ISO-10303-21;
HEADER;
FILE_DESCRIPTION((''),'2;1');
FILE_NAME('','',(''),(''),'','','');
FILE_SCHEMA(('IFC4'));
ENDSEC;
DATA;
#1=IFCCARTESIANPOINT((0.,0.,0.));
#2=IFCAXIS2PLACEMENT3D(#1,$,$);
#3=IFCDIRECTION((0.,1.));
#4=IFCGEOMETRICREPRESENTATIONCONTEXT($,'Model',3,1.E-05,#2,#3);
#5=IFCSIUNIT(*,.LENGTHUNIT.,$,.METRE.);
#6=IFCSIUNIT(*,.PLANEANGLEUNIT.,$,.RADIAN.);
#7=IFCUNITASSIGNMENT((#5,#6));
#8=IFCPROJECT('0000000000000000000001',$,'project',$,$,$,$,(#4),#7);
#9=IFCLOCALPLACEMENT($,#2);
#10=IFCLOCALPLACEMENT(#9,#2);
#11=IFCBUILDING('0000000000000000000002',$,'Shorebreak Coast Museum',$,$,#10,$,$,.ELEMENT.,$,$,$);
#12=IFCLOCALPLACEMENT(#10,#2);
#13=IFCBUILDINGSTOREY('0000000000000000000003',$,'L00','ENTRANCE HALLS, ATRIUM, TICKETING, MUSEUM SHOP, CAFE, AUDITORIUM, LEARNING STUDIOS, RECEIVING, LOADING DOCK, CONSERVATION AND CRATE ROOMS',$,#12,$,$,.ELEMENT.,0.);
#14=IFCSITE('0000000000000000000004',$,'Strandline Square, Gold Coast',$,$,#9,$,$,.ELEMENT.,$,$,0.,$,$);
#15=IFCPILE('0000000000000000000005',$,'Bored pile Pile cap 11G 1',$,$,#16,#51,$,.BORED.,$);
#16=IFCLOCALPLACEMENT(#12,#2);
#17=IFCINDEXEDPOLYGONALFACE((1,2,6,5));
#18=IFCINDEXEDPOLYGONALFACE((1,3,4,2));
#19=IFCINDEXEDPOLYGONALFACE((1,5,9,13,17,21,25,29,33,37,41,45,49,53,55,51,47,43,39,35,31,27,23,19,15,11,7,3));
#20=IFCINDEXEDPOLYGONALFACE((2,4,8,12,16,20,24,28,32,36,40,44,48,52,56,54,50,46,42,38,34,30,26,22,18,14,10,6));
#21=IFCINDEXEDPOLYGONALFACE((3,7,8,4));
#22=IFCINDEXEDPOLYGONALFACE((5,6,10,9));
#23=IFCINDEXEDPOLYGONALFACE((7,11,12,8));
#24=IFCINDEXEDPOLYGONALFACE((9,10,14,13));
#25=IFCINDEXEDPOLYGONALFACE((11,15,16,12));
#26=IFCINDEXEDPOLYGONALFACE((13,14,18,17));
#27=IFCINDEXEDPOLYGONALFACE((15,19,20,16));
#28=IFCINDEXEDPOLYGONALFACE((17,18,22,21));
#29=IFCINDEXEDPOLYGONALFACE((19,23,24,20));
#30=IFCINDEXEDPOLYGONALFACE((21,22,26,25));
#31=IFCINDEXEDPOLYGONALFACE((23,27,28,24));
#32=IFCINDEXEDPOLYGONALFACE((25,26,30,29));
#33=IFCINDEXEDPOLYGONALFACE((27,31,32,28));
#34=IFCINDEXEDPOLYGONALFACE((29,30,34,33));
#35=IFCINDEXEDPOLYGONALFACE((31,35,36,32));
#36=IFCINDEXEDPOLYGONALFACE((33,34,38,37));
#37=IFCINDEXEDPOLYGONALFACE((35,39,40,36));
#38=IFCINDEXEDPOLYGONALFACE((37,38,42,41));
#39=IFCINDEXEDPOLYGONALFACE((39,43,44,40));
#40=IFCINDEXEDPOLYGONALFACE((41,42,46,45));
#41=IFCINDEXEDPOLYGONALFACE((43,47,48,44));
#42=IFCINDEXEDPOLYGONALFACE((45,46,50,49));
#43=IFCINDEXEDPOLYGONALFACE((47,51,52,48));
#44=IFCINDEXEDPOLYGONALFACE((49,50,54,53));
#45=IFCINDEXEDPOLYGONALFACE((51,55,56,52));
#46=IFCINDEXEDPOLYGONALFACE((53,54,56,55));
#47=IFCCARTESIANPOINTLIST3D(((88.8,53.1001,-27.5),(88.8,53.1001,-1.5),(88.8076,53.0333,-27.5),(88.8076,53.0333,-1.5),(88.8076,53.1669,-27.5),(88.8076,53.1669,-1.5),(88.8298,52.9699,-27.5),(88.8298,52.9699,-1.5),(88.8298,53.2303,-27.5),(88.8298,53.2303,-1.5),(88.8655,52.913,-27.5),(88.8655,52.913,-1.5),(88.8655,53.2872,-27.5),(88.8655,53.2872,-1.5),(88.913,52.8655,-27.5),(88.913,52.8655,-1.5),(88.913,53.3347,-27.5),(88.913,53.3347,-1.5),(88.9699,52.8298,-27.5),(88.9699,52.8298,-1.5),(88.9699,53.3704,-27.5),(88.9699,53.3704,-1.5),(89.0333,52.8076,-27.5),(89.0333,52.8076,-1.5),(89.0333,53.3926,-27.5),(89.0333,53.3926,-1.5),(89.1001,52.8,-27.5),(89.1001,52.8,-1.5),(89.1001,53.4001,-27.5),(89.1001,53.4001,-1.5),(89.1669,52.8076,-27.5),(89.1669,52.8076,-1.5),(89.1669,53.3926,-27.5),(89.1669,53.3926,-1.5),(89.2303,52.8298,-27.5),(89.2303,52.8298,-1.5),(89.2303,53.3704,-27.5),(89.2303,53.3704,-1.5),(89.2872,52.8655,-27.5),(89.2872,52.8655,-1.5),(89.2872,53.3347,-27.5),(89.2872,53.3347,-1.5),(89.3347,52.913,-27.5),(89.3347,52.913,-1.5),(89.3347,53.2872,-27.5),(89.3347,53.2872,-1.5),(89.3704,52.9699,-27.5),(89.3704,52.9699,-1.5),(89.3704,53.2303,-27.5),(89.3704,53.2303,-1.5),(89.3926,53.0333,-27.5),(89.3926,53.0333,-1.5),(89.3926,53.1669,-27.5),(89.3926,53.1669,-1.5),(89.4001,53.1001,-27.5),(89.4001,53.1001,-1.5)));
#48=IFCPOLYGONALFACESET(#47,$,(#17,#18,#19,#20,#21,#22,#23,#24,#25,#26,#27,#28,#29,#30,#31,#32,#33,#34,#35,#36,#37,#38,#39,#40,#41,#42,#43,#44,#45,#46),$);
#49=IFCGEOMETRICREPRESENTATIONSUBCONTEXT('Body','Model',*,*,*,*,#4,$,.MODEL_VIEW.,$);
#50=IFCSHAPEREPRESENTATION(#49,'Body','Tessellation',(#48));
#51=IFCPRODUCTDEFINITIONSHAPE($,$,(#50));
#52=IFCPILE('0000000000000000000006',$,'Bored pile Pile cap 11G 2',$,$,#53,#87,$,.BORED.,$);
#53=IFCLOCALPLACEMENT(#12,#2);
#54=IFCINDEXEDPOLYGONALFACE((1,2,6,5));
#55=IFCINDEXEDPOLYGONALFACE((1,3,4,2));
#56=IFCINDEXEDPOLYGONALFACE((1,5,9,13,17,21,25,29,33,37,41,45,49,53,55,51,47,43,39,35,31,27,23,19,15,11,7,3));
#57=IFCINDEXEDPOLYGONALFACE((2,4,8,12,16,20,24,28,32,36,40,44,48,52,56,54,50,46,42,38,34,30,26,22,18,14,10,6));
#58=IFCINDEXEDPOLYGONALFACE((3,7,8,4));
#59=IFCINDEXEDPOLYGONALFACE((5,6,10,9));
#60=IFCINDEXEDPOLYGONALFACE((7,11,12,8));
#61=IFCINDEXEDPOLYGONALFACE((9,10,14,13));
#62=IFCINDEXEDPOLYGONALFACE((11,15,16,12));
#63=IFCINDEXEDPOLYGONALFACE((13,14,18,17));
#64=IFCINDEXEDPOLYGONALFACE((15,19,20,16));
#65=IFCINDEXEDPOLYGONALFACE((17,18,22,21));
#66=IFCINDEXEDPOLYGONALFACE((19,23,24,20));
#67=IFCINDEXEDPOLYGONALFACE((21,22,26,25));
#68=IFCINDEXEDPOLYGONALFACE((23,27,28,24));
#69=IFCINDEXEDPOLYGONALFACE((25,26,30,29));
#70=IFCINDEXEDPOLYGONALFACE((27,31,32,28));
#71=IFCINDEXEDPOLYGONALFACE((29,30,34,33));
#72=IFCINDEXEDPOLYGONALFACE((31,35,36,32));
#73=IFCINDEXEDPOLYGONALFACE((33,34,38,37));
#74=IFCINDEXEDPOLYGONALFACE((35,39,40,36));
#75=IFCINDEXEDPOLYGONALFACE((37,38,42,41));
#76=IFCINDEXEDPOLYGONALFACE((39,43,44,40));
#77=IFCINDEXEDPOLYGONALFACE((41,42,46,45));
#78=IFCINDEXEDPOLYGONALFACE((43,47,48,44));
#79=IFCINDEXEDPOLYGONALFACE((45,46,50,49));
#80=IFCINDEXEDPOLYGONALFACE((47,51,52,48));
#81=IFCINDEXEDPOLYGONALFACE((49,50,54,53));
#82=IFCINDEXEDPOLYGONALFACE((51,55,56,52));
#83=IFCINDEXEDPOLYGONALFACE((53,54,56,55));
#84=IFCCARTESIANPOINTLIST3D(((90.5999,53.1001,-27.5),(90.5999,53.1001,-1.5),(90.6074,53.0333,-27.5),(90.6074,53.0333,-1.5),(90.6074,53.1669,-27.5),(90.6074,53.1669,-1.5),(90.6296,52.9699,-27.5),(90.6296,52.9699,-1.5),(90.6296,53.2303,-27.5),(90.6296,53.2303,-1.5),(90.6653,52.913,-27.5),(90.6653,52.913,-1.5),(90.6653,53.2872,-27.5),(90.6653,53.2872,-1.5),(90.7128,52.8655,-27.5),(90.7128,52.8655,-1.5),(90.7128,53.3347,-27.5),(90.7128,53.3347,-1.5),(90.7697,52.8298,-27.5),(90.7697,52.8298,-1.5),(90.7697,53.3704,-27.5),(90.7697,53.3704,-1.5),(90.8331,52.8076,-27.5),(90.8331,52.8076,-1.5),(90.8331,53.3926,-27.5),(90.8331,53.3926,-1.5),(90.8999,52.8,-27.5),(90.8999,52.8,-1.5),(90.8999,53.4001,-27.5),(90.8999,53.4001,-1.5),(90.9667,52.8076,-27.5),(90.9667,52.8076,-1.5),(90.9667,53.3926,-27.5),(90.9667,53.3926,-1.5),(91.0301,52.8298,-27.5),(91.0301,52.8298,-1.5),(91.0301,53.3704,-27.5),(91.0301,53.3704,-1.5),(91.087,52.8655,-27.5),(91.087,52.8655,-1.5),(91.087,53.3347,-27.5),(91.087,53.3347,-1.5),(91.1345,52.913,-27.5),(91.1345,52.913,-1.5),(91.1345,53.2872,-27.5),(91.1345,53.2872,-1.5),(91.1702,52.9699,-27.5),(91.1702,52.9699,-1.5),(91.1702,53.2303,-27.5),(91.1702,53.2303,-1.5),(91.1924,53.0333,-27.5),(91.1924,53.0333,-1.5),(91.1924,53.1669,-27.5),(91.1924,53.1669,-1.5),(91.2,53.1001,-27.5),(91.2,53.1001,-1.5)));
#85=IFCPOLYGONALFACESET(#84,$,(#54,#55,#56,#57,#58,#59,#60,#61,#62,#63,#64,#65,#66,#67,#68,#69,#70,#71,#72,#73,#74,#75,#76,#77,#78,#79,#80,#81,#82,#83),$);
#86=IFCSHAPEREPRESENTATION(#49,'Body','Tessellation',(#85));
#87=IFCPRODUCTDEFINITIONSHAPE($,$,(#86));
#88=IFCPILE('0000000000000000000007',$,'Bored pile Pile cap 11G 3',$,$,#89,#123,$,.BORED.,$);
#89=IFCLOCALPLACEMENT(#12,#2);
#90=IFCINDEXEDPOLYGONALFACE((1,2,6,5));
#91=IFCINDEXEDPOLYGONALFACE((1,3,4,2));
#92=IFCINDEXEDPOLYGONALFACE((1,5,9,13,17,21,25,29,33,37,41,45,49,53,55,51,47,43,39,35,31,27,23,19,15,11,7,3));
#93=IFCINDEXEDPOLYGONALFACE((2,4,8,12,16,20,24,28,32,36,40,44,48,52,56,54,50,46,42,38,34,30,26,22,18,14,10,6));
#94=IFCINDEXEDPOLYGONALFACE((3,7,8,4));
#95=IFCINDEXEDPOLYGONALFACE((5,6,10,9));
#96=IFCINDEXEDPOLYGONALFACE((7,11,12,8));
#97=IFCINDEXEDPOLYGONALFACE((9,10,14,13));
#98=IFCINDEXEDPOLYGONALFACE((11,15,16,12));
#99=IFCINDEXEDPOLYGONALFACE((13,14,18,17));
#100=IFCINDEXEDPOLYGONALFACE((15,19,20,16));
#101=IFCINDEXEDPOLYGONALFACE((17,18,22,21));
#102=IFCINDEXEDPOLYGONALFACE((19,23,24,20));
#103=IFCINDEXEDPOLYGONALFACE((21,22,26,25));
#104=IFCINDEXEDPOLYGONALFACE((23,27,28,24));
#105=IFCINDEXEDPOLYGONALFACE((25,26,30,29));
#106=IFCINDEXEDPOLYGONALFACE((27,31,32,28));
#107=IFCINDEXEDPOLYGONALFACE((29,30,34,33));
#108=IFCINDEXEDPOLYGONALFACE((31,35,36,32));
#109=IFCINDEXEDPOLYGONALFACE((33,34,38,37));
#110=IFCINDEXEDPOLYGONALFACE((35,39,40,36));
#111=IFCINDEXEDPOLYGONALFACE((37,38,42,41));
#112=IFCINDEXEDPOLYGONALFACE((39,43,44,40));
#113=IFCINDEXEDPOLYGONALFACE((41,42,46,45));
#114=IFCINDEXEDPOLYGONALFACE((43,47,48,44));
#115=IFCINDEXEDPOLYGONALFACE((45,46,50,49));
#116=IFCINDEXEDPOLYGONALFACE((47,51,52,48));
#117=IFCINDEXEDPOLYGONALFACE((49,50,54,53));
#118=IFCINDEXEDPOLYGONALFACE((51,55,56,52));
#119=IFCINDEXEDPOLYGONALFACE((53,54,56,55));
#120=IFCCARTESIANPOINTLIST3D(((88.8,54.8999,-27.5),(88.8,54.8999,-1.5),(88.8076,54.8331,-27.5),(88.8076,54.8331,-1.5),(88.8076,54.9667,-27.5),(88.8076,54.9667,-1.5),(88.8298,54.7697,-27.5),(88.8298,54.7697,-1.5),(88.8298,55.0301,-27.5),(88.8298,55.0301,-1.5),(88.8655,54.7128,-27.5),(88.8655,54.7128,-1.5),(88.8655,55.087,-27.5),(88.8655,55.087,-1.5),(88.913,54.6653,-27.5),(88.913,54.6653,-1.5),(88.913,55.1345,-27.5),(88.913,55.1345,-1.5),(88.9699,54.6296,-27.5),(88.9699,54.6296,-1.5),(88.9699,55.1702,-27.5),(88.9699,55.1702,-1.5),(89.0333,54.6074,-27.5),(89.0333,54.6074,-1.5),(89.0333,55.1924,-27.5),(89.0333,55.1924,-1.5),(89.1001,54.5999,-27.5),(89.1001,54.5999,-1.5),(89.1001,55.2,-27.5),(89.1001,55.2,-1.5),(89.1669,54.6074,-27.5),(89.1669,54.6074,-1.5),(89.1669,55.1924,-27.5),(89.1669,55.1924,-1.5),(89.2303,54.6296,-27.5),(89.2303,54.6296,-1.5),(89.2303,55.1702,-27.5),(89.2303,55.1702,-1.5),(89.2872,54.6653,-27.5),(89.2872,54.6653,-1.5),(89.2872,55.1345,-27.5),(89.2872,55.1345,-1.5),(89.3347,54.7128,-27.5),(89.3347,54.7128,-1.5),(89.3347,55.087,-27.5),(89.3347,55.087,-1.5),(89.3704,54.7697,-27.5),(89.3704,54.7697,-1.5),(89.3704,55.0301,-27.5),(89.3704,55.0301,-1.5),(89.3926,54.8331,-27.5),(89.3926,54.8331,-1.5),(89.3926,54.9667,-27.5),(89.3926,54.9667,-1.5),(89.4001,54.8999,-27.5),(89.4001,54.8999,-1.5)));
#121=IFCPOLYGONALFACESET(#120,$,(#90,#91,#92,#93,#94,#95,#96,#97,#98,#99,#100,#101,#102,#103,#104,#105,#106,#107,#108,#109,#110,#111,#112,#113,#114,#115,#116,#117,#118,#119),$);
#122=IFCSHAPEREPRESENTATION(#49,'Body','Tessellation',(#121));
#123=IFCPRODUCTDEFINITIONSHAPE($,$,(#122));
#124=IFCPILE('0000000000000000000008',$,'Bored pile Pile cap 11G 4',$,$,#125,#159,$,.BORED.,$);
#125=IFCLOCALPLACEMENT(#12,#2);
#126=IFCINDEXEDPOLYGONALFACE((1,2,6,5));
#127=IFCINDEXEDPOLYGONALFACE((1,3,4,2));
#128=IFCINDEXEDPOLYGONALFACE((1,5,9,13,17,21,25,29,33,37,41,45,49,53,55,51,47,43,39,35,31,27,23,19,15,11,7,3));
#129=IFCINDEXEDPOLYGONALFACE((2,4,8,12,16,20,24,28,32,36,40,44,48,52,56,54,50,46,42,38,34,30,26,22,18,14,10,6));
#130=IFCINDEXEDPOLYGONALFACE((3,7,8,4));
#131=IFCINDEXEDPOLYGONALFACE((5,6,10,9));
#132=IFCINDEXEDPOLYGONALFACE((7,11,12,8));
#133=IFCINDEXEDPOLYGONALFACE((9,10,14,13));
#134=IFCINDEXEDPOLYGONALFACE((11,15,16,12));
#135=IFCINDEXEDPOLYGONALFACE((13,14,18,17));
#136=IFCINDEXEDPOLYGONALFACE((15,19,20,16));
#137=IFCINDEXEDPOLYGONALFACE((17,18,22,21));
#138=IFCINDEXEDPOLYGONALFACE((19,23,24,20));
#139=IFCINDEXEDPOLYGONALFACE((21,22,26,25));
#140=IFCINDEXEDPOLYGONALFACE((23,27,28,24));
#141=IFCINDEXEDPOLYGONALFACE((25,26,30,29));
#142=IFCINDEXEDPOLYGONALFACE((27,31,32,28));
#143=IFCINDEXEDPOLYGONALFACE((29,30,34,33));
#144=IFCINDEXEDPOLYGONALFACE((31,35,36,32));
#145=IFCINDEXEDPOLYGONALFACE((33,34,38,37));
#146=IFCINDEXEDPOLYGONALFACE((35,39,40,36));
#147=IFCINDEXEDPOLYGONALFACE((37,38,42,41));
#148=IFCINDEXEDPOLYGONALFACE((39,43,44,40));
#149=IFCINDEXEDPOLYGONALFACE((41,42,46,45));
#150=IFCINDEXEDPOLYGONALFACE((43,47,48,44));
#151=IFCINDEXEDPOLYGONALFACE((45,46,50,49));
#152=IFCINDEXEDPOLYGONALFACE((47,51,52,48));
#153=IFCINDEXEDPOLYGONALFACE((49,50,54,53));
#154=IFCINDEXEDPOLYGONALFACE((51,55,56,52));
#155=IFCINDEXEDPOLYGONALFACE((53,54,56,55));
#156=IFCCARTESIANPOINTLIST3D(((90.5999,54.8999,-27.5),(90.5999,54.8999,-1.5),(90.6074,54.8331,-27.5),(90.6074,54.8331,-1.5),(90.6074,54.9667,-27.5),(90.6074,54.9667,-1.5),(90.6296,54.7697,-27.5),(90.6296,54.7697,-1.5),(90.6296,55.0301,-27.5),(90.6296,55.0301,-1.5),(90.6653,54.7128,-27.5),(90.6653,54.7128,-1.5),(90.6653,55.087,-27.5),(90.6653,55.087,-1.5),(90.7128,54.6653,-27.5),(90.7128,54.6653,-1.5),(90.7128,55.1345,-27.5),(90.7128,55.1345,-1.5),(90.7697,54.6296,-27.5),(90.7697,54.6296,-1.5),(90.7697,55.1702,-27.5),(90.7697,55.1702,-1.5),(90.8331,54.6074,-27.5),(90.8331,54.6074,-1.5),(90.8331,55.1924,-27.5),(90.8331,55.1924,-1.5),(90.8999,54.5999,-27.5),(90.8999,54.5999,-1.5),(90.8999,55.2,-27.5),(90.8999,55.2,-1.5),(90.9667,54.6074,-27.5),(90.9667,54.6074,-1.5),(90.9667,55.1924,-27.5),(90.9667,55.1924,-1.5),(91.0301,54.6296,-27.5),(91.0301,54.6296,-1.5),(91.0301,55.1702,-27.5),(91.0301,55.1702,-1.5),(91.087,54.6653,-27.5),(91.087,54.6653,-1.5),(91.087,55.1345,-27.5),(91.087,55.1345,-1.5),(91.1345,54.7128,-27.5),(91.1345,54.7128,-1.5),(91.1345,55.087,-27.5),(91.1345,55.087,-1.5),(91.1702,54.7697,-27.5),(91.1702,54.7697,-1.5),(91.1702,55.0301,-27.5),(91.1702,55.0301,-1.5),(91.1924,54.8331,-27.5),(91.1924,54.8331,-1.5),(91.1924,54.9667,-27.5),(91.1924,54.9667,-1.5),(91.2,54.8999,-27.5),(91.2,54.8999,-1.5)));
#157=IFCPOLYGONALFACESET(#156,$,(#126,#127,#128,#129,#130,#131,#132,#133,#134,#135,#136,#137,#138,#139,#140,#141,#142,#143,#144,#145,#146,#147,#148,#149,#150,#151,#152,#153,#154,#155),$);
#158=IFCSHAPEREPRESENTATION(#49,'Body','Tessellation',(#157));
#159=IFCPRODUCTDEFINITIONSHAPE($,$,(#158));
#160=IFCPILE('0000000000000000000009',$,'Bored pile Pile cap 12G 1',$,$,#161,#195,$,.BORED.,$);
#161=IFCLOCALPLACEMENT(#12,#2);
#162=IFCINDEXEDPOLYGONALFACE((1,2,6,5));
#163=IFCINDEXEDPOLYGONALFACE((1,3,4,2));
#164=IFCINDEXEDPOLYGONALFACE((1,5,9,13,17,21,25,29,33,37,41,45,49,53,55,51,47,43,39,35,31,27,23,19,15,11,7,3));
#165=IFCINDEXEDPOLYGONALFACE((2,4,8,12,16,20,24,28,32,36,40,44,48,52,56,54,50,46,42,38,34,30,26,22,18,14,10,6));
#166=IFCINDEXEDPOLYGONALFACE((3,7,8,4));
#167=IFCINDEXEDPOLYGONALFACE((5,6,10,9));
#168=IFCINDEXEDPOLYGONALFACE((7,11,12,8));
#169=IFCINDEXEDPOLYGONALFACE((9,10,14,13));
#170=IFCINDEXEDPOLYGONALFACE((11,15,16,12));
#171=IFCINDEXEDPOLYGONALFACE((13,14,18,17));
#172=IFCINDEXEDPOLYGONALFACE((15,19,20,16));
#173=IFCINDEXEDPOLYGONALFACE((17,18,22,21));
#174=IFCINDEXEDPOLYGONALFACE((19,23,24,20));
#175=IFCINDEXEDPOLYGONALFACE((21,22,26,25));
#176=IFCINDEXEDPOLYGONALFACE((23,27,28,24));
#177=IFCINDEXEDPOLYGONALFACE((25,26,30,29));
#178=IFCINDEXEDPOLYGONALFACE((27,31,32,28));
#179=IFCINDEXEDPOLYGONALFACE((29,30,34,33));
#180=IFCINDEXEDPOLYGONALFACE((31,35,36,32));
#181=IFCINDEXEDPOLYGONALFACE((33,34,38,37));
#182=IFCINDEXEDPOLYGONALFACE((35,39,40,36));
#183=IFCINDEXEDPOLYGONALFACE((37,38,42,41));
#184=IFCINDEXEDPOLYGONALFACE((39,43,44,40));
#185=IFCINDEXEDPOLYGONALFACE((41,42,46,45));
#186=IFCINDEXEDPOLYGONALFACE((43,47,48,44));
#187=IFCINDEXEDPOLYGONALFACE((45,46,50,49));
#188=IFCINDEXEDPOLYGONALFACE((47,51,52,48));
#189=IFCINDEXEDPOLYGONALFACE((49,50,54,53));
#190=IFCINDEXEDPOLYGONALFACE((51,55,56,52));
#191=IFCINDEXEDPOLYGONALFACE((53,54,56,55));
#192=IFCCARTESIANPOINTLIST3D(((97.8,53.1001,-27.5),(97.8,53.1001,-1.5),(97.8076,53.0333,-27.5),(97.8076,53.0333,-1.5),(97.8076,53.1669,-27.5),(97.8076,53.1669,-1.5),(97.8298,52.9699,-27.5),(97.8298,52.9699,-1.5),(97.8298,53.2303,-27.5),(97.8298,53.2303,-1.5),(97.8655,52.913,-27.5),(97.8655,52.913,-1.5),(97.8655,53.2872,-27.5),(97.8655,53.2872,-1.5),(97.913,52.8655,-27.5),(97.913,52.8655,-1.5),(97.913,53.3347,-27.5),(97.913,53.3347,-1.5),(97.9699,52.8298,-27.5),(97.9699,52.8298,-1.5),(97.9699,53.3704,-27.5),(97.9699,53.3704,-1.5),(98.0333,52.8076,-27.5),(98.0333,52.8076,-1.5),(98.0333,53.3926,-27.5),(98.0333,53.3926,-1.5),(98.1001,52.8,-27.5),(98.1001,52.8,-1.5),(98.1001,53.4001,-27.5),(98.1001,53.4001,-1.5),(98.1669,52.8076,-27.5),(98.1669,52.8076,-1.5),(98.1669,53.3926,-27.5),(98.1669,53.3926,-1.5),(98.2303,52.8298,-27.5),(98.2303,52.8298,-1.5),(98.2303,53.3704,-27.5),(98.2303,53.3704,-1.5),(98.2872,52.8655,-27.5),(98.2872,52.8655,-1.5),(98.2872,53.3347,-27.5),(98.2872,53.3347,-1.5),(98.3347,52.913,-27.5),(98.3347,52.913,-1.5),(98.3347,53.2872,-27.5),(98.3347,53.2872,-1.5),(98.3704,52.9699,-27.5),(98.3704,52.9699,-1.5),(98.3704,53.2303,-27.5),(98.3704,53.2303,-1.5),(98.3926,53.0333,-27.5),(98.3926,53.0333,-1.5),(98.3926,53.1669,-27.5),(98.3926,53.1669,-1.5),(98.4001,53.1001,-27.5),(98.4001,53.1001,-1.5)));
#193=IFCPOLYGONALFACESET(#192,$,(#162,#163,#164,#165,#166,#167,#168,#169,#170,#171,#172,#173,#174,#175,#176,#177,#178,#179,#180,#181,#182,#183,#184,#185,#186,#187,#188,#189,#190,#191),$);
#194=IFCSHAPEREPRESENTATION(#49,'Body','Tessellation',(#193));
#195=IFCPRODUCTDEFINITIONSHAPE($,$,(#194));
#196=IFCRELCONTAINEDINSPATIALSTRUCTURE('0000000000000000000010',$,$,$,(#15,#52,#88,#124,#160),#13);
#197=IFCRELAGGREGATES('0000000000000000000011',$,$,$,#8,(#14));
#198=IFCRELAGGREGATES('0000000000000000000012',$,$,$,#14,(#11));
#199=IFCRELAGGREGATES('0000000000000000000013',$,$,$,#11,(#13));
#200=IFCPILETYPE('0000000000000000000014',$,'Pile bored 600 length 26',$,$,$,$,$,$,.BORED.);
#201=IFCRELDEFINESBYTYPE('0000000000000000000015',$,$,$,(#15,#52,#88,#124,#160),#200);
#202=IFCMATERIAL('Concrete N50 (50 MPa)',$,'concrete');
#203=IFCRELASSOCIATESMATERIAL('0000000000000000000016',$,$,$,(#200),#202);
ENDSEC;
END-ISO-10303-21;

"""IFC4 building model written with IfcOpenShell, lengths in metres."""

from ifc_helpers import new_model, si_unit, direction, frame, origin, origin_2d, place, context, subcontext, project, spatial, circle, extrude, material, material_profile, profile_set, type_object, element, save


model = new_model("IFC4")

# Units and contexts
model_context = context("Model", 3, precision=1e-05, world=origin(), true_north=direction((0.0, 1.0)))
body_context = subcontext(model_context, "Body", "Model", "MODEL_VIEW")
ifc_project = project(units=[si_unit("LENGTHUNIT", "METRE"), si_unit("PLANEANGLEUNIT", "RADIAN")], contexts=[model_context])

# Site, building, storey
site_placement = place(None, origin())
site = spatial("IfcSite", under=ifc_project, at=site_placement, Name="Strandline Square, Gold Coast", CompositionType="ELEMENT", RefElevation=0.0)
building_placement = place(site_placement, origin())
building = spatial("IfcBuilding", under=site, at=building_placement, Name="Shorebreak Coast Museum", CompositionType="ELEMENT")
storey_placement = place(building_placement, origin())
storey = spatial("IfcBuildingStorey", under=building, at=storey_placement, Name="L00", Description="ENTRANCE HALLS, ATRIUM, TICKETING, MUSEUM SHOP, CAFE, AUDITORIUM, LEARNING STUDIOS, RECEIVING, LOADING DOCK, CONSERVATION AND CRATE ROOMS", CompositionType="ELEMENT", Elevation=0.0)

# Piles
ifc_material_1 = material(Name="Concrete N50 (50 MPa)", Category="concrete")
ifc_material_profile_1 = material_profile(ifc_material_1, circle(Radius=0.3, at=origin_2d()), Name="Pile bored 600 length 26")
ifc_profile_set_1 = profile_set([ifc_material_profile_1], Name="Concrete N50 (50 MPa)")
pile_type = type_object("IfcPileType", Name="Pile bored 600 length 26", PredefinedType="BORED", material=ifc_profile_set_1)
for number, where, z_axis, x_axis, name in (
    (1, (89.1001, 53.1001, -1.5), (0.0, 0.0, -1.0), (1.0, 0.0, 0.0), "Bored pile Pile cap 11G 1"),
    (2, (90.8999, 53.1001, -1.5), (0.0, 0.0, -1.0), (1.0, 0.0, 0.0), "Bored pile Pile cap 11G 2"),
    (3, (89.1001, 54.8999, -1.5), (0.0, 0.0, -1.0), (1.0, 0.0, 0.0), "Bored pile Pile cap 11G 3"),
    (4, (90.8999, 54.8999, -1.5), (0.0, 0.0, -1.0), (1.0, 0.0, 0.0), "Bored pile Pile cap 11G 4"),
    (5, (98.1001, 53.1001, -1.5), (0.0, 0.0, -1.0), (1.0, 0.0, 0.0), "Bored pile Pile cap 12G 1"),
):
    element("IfcPile", number, at=place(storey_placement, frame(where, z_axis=z_axis, x_axis=x_axis)), inside=storey, type_object=pile_type, Name=name, PredefinedType="BORED", context=body_context, shape_type="SweptSolid", body=[
        extrude(circle(Radius=0.3, at=origin_2d()), origin(), (0.0, 0.0, 1.0), 26.0),
    ])

save(model, "model.ifc")
